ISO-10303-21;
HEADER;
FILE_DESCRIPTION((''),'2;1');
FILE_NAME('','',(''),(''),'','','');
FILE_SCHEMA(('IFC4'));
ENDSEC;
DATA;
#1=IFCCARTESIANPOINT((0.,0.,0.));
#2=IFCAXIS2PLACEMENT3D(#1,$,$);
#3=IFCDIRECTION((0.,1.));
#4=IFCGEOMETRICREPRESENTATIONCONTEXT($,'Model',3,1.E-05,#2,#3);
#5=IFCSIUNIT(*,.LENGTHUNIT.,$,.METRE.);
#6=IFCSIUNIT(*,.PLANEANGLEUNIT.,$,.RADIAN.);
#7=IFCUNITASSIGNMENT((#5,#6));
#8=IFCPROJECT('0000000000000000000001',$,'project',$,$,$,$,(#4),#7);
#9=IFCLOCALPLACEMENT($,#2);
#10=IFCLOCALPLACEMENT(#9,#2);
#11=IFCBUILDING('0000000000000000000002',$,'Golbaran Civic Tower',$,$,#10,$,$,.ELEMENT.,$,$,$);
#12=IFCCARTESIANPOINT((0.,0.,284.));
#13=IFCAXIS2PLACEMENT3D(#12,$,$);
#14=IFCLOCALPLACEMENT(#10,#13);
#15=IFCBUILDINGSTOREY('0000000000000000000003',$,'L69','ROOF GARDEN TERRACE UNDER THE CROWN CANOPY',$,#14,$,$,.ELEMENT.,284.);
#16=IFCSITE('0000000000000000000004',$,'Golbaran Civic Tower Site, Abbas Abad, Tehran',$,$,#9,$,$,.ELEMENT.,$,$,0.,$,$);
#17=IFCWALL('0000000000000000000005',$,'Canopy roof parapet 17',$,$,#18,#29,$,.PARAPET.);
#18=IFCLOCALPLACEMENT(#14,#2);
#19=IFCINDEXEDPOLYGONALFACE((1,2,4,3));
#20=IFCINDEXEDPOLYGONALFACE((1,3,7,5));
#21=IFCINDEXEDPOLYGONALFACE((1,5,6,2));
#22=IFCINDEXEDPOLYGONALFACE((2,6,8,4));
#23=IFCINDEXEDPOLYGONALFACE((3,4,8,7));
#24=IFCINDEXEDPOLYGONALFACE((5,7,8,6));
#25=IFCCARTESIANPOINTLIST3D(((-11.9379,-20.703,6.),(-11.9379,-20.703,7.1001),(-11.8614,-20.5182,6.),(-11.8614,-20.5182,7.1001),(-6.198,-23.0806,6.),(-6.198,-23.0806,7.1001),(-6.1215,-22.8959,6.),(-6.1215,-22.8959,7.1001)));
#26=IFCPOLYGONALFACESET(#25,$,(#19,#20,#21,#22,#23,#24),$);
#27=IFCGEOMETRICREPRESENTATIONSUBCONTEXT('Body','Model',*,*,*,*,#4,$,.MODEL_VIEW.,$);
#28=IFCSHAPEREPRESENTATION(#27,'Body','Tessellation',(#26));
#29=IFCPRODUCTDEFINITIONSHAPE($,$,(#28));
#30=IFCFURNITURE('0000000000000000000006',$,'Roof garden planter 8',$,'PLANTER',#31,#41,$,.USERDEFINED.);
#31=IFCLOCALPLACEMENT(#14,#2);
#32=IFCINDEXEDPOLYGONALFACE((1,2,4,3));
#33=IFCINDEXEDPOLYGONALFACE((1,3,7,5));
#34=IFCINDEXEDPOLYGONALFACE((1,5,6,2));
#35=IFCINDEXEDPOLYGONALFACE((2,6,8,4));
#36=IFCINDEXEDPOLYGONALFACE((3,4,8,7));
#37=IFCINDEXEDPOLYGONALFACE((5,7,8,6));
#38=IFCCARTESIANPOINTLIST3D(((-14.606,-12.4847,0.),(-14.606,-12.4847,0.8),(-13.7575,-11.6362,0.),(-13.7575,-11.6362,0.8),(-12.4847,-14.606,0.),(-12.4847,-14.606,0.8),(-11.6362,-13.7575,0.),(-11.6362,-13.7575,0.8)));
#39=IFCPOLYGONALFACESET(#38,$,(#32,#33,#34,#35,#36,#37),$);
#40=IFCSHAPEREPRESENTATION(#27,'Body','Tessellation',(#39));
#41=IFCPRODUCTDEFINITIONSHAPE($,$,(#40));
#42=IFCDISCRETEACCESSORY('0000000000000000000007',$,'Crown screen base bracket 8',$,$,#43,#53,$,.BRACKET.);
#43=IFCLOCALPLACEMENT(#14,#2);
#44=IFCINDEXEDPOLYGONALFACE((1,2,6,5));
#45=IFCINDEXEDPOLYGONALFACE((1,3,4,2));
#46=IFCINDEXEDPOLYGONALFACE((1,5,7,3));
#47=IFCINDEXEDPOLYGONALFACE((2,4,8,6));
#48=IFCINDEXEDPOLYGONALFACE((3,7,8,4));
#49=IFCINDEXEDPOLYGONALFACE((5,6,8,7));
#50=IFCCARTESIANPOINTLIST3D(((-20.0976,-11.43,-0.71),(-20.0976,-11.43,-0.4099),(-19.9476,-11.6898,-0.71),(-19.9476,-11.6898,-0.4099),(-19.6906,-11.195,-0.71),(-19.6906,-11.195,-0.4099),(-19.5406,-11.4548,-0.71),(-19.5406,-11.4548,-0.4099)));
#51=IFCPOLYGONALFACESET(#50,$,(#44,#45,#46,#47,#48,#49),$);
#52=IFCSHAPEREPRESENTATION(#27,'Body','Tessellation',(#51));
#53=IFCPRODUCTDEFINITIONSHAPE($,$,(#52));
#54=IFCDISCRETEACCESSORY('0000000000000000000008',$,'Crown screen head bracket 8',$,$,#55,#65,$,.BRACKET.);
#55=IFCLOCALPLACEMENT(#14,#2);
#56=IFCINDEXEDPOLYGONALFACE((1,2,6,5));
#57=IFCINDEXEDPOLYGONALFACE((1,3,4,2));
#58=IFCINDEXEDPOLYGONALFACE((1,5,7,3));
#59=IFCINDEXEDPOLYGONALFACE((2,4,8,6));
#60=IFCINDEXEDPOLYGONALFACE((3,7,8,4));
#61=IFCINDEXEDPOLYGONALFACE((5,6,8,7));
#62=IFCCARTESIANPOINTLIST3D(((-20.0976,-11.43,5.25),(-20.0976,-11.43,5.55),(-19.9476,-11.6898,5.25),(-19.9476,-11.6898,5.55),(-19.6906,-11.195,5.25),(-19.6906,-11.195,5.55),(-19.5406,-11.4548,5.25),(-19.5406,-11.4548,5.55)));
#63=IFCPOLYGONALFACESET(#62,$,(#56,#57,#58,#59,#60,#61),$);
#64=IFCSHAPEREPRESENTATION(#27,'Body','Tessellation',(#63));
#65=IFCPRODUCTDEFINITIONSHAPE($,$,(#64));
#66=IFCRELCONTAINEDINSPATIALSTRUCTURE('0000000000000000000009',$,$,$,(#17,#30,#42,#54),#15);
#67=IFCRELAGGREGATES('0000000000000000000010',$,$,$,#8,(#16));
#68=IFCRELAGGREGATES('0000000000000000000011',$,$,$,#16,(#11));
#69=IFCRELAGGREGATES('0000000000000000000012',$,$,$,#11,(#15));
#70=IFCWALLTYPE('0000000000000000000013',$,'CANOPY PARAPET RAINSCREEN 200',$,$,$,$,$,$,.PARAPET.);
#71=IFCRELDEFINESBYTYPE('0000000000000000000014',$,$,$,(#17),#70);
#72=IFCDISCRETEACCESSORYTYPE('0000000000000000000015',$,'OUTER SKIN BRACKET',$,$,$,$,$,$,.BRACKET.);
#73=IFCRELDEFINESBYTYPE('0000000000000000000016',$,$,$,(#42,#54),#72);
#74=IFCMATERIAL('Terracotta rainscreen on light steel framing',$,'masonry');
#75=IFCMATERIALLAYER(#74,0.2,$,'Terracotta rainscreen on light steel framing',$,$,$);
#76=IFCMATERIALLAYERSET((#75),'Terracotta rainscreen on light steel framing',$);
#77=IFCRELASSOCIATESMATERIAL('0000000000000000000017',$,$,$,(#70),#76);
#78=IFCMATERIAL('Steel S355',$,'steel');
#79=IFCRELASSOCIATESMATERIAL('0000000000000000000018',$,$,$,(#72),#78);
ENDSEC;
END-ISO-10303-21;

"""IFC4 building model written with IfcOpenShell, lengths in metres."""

from ifc_helpers import new_model, si_unit, direction, frame, frame_2d, origin, origin_2d, place, context, subcontext, project, spatial, rectangle, extrude, material, layer, layer_set, type_object, element, save


model = new_model("IFC4")

# Units and contexts
model_context = context("Model", 3, precision=1e-05, world=origin(), true_north=direction((0.0, 1.0)))
body_context = subcontext(model_context, "Body", "Model", "MODEL_VIEW")
ifc_project = project(units=[si_unit("LENGTHUNIT", "METRE"), si_unit("PLANEANGLEUNIT", "RADIAN")], contexts=[model_context])

# Site, building, storey
site_placement = place(None, origin())
site = spatial("IfcSite", under=ifc_project, at=site_placement, Name="Golbaran Civic Tower Site, Abbas Abad, Tehran", CompositionType="ELEMENT", RefElevation=0.0)
building_placement = place(site_placement, origin())
building = spatial("IfcBuilding", under=site, at=building_placement, Name="Golbaran Civic Tower", CompositionType="ELEMENT")
storey_placement = place(building_placement, frame((0.0, 0.0, 284.0)))
storey = spatial("IfcBuildingStorey", under=building, at=storey_placement, Name="L69", Description="ROOF GARDEN TERRACE UNDER THE CROWN CANOPY", CompositionType="ELEMENT", Elevation=284.0)

# Shared definitions
ifc_material_1 = material(Name="Steel S355", Category="steel")

# Wall
ifc_material_2 = material(Name="Terracotta rainscreen on light steel framing", Category="masonry")
ifc_layer_1 = layer(ifc_material_2, 0.2, Name="Terracotta rainscreen on light steel framing")
ifc_layer_set_1 = layer_set([ifc_layer_1], Name="Terracotta rainscreen on light steel framing")
wall_type = type_object("IfcWallType", Name="CANOPY PARAPET RAINSCREEN 200", PredefinedType="PARAPET", material=ifc_layer_set_1)
wall_placement = place(storey_placement, frame((-11.8997, -20.6106, 6.0), z_axis=(0.0, 0.0, 1.0), x_axis=(0.923874, -0.382698, 0.0)))
element("IfcWall", 1, at=wall_placement, inside=storey, type_object=wall_type, Name="Canopy roof parapet 17", PredefinedType="PARAPET", context=body_context, shape_type="SweptSolid", body=[
    extrude(rectangle(XDim=6.2129, YDim=0.2, at=frame_2d((3.1064, 0.0))), origin(), (0.0, 0.0, 1.0), 1.1001),
])

# Furniture
furniture_placement = place(storey_placement, frame((-13.1211, -13.1211, 0.0), z_axis=(0.0, 0.0, 1.0), x_axis=(0.707107, -0.707107, 0.0)))
element("IfcFurniture", 2, at=furniture_placement, inside=storey, Name="Roof garden planter 8", ObjectType="PLANTER", PredefinedType="USERDEFINED", context=body_context, shape_type="SweptSolid", body=[
    extrude(rectangle(XDim=3.0, YDim=1.2, at=origin_2d()), origin(), (0.0, 0.0, 1.0), 0.8),
])

# Discrete accessories
discrete_accessory_type = type_object("IfcDiscreteAccessoryType", Name="OUTER SKIN BRACKET", PredefinedType="BRACKET", material=ifc_material_1)
for number, where, z_axis, x_axis, name in (
    (3, (-19.8191, -11.4424, -0.71), (0.0, 0.0, 1.0), (-0.866025, -0.5, 0.0), "Crown screen base bracket 8"),
    (4, (-19.8191, -11.4424, 5.25), (0.0, 0.0, 1.0), (-0.866025, -0.5, 0.0), "Crown screen head bracket 8"),
):
    element("IfcDiscreteAccessory", number, at=place(storey_placement, frame(where, z_axis=z_axis, x_axis=x_axis)), inside=storey, type_object=discrete_accessory_type, Name=name, PredefinedType="BRACKET", context=body_context, shape_type="SweptSolid", body=[
        extrude(rectangle(XDim=0.47, YDim=0.3, at=origin_2d()), origin(), (0.0, 0.0, 1.0), 0.3),
    ])

save(model, "model.ifc")
